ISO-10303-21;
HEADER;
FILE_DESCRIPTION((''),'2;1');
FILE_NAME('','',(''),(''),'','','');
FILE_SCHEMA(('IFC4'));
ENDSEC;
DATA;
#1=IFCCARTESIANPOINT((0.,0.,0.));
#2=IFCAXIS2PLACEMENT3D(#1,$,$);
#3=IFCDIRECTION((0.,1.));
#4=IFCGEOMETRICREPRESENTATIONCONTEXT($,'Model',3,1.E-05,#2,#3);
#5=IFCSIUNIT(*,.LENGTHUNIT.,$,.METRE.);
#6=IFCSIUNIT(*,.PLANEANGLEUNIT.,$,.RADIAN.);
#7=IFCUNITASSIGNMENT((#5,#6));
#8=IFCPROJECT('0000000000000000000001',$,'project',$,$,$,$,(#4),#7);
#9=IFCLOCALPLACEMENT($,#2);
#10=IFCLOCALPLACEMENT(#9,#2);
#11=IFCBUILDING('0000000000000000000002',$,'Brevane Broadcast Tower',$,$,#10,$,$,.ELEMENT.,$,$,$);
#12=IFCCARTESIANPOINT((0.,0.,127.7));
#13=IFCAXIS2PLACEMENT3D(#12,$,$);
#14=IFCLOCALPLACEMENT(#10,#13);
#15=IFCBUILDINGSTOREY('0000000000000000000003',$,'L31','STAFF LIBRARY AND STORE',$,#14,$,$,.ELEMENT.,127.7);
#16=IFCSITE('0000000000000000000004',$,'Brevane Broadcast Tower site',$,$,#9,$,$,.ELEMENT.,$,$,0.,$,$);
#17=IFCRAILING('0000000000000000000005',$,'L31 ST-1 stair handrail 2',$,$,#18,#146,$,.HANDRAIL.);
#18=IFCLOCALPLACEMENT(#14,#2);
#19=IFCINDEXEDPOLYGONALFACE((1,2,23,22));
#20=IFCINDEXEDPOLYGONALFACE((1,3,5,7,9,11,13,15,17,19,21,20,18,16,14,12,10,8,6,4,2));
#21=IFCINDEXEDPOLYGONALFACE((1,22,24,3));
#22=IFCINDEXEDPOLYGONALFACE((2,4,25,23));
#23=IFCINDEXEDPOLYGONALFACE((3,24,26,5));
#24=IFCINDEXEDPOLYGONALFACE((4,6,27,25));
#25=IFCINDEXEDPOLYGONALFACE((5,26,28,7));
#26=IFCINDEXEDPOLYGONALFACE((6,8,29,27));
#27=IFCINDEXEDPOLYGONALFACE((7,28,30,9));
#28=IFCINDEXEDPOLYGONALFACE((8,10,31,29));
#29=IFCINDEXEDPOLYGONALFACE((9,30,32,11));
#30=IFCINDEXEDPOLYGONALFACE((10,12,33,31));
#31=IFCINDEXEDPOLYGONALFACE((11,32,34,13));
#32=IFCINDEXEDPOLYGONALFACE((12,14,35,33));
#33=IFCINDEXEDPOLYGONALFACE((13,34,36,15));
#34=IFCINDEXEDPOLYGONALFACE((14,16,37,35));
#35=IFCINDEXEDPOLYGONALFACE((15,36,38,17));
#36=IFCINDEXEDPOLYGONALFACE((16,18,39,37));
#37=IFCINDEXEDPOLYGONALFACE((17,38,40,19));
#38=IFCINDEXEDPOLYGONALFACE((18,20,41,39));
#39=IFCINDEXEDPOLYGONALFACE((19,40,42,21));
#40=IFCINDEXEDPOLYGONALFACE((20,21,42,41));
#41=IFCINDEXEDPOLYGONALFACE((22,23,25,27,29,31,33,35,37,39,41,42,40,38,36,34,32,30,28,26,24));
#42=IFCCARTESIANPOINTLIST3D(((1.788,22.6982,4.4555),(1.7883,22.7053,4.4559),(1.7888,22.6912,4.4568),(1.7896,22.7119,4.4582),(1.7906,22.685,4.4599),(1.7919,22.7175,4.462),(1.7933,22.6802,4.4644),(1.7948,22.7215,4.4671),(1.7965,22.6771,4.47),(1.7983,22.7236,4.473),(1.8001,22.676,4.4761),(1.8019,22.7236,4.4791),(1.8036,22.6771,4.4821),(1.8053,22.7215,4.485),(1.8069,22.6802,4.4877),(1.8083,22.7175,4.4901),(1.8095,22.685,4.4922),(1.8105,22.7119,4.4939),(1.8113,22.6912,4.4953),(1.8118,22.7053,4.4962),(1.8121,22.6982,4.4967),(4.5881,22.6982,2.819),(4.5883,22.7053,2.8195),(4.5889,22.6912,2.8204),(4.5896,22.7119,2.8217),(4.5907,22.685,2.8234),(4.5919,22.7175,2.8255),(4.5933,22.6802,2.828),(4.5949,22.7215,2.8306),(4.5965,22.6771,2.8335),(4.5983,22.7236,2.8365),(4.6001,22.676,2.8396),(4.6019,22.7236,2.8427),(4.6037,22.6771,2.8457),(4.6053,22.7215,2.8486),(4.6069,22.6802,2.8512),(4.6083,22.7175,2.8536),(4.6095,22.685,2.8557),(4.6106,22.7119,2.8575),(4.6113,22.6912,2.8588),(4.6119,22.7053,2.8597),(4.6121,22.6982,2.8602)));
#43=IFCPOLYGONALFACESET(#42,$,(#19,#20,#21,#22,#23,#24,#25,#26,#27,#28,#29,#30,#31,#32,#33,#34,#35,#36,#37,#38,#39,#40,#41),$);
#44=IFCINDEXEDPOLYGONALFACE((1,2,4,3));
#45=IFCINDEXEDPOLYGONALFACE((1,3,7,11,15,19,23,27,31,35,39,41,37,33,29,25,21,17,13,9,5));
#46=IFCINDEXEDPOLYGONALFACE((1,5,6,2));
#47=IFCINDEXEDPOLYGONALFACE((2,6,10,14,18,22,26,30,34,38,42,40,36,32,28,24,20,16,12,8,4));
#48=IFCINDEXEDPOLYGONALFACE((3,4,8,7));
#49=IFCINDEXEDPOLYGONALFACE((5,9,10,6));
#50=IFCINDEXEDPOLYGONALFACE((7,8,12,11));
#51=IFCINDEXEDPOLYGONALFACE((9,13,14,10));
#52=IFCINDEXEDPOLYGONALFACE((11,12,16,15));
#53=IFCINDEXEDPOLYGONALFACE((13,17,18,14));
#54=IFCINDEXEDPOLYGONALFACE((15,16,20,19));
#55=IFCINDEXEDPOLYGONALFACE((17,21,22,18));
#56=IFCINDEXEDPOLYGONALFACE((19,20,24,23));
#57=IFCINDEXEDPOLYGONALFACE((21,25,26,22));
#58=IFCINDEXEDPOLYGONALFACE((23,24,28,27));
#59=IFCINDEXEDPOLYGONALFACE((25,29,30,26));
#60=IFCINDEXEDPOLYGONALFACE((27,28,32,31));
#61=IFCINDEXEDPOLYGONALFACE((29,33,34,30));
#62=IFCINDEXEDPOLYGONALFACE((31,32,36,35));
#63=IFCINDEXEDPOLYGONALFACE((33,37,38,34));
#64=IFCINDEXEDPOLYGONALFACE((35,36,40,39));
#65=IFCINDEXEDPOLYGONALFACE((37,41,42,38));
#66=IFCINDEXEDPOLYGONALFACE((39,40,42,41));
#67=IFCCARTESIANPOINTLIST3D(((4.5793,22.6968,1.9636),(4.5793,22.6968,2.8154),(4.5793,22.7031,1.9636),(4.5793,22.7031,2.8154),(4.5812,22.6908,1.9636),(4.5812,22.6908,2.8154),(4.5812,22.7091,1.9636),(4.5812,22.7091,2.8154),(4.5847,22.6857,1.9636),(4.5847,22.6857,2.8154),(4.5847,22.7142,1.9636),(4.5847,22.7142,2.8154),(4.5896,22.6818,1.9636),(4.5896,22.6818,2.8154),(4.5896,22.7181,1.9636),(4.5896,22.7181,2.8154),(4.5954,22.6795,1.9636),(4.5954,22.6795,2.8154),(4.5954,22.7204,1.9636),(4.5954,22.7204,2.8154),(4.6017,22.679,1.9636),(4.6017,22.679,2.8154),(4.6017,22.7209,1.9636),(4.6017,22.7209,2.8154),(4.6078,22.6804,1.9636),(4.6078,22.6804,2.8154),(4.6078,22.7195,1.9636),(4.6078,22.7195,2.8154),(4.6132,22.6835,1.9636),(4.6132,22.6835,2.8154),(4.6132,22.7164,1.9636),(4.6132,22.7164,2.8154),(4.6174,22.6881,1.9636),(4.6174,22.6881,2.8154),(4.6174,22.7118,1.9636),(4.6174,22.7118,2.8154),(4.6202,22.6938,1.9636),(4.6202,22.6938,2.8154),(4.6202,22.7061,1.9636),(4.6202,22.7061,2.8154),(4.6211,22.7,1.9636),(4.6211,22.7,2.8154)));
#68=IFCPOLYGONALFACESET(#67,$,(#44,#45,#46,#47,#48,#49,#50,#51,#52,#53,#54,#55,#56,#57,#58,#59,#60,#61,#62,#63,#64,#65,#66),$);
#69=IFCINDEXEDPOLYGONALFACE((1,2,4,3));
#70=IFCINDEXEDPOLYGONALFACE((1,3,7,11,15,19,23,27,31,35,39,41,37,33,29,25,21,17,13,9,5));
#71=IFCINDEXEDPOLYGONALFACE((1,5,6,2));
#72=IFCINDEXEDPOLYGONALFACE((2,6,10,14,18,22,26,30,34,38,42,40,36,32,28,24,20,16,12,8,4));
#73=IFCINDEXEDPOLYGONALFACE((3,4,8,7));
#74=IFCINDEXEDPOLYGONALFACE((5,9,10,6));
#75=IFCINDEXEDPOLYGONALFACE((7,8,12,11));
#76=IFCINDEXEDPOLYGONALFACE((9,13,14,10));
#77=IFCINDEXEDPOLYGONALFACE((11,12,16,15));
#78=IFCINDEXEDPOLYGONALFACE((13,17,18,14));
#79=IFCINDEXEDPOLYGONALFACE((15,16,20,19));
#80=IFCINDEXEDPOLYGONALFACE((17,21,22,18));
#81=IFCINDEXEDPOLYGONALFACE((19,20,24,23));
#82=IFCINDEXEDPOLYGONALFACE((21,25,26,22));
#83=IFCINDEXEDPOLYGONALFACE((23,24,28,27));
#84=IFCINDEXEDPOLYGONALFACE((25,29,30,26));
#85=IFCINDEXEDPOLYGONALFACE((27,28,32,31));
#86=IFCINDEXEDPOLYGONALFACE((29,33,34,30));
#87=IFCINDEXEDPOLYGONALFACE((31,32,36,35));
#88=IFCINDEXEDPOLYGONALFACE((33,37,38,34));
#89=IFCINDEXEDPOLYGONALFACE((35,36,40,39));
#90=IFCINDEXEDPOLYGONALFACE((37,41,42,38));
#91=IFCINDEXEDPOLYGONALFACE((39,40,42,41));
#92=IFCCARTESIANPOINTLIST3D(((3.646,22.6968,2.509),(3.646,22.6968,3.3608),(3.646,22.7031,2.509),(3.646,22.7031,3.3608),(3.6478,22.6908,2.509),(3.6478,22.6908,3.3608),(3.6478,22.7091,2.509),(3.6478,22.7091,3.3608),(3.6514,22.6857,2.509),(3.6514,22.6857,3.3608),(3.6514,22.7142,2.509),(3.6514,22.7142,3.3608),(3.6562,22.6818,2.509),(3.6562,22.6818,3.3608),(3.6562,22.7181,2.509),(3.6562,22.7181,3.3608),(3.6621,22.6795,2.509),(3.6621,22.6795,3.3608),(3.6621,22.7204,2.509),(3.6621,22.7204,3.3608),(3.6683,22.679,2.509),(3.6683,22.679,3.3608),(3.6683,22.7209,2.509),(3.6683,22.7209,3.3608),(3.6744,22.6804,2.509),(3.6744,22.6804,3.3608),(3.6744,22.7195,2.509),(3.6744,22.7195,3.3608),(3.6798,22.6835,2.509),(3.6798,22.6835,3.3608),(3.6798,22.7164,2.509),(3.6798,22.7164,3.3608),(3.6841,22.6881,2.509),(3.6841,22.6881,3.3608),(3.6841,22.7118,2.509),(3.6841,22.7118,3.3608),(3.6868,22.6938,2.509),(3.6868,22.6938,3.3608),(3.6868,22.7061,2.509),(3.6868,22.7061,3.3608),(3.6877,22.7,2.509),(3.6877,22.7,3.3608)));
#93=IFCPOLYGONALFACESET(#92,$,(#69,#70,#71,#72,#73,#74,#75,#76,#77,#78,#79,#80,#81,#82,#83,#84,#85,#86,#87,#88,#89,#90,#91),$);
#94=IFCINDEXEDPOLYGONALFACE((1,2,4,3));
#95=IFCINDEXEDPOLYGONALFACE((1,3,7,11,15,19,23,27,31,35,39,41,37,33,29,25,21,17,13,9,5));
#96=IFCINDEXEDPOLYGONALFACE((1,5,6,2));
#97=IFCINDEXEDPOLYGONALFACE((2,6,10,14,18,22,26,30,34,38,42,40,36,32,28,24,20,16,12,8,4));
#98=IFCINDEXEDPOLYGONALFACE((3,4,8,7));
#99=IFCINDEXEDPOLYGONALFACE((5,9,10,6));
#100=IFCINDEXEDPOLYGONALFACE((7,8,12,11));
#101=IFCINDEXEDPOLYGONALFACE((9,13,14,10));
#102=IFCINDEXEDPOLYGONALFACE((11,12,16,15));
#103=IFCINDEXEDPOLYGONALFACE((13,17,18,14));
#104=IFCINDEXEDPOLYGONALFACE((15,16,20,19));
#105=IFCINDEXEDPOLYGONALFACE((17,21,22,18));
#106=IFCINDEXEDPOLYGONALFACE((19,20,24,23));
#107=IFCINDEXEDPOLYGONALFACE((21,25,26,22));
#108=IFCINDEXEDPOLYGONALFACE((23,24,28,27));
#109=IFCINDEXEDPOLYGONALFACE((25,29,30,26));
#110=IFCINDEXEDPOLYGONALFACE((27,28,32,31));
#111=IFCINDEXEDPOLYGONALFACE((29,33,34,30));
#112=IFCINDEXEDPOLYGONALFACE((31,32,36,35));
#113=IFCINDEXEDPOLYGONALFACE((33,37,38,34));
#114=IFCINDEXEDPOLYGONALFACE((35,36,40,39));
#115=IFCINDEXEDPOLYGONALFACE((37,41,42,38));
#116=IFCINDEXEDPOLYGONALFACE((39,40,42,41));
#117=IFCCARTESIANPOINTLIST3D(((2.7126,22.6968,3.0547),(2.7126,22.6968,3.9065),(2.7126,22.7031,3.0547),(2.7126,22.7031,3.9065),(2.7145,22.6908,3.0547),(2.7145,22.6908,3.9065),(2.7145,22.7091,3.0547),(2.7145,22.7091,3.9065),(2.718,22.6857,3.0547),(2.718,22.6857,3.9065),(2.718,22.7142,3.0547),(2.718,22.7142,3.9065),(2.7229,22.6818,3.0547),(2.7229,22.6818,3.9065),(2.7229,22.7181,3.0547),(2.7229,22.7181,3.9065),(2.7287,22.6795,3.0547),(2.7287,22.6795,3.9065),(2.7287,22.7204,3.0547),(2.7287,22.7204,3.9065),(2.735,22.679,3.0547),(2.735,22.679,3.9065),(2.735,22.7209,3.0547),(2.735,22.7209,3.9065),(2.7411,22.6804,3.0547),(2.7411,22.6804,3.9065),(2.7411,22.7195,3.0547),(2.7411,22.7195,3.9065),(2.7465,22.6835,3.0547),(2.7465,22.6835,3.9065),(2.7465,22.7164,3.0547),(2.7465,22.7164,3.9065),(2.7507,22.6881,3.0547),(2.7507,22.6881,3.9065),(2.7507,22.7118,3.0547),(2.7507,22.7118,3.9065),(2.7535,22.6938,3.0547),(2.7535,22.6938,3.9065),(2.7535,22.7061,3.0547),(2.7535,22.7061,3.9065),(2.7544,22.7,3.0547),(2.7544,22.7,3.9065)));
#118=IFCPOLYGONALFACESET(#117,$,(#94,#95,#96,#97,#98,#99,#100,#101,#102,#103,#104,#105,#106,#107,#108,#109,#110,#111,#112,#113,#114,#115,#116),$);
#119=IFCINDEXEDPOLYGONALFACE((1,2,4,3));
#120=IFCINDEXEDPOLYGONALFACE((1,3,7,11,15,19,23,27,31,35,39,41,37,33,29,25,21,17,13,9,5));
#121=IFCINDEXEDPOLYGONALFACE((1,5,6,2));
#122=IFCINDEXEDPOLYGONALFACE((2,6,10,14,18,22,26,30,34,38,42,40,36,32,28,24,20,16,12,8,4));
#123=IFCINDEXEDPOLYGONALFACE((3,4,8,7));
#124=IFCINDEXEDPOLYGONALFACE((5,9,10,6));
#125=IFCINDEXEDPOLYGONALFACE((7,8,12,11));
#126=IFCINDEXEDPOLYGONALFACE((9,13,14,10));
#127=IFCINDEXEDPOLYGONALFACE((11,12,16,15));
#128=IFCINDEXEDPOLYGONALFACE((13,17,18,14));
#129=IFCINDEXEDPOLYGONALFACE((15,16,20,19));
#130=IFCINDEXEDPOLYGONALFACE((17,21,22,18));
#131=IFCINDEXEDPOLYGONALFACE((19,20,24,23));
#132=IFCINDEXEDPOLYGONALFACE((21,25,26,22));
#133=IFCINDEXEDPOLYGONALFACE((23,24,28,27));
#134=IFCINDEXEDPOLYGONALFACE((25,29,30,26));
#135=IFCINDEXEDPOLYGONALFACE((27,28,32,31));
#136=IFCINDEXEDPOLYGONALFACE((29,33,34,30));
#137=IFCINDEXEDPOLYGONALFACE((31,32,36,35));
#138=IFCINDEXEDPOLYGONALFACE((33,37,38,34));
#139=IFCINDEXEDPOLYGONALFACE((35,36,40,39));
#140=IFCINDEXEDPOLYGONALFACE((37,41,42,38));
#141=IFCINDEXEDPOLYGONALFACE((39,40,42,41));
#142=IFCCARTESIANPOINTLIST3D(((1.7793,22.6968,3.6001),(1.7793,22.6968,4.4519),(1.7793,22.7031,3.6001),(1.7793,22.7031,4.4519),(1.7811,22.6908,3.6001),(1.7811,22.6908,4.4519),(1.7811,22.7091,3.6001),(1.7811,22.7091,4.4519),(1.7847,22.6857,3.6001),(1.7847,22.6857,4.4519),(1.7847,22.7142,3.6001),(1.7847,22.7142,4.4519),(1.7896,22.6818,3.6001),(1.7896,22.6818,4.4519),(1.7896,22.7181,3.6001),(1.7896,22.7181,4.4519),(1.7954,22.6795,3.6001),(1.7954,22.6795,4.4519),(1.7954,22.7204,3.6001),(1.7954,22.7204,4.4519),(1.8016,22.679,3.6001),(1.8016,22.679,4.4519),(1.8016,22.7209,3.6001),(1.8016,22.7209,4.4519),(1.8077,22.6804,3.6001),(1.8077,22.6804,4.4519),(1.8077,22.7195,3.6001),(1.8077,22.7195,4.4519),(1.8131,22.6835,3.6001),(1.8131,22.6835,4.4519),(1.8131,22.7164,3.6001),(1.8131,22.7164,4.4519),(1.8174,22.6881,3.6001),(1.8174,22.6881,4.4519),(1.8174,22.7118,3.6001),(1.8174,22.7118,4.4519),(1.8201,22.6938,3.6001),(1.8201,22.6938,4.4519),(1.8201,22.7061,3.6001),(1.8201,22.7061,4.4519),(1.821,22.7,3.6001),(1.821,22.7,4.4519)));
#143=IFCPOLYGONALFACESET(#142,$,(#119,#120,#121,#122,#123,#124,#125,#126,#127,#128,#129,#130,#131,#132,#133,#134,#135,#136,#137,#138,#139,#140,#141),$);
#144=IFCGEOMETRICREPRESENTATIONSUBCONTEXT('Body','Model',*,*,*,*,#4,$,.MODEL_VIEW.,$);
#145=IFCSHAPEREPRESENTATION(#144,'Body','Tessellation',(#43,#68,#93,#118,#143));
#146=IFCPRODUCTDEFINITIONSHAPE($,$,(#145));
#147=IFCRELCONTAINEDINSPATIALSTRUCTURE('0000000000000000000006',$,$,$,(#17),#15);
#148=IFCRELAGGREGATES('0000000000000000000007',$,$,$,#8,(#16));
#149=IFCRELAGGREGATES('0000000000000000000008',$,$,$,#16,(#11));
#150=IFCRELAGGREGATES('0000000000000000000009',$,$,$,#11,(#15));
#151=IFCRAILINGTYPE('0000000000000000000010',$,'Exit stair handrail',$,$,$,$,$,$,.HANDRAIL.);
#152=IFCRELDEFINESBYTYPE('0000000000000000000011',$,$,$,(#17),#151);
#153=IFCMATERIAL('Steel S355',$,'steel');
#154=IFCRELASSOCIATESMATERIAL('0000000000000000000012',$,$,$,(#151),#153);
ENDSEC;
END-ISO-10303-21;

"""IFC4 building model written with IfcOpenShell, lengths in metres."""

from ifc_helpers import new_model, si_unit, direction, frame, origin, origin_2d, place, context, subcontext, project, spatial, circle, extrude, material, type_object, element, save


model = new_model("IFC4")

# Units and contexts
model_context = context("Model", 3, precision=1e-05, world=origin(), true_north=direction((0.0, 1.0)))
body_context = subcontext(model_context, "Body", "Model", "MODEL_VIEW")
ifc_project = project(units=[si_unit("LENGTHUNIT", "METRE"), si_unit("PLANEANGLEUNIT", "RADIAN")], contexts=[model_context])

# Site, building, storey
site_placement = place(None, origin())
site = spatial("IfcSite", under=ifc_project, at=site_placement, Name="Brevane Broadcast Tower site", CompositionType="ELEMENT", RefElevation=0.0)
building_placement = place(site_placement, origin())
building = spatial("IfcBuilding", under=site, at=building_placement, Name="Brevane Broadcast Tower", CompositionType="ELEMENT")
storey_placement = place(building_placement, frame((0.0, 0.0, 127.7)))
storey = spatial("IfcBuildingStorey", under=building, at=storey_placement, Name="L31", Description="STAFF LIBRARY AND STORE", CompositionType="ELEMENT", Elevation=127.7)

# Railing
ifc_material_1 = material(Name="Steel S355", Category="steel")
railing_type_1 = type_object("IfcRailingType", Name="Exit stair handrail", PredefinedType="HANDRAIL", material=ifc_material_1)
railing_1_placement = place(storey_placement, frame((4.6001, 22.7, 1.9636)))
element("IfcRailing", 1, at=railing_1_placement, inside=storey, type_object=railing_type_1, Name="L31 ST-1 stair handrail 2", PredefinedType="HANDRAIL", context=body_context, shape_type="SweptSolid", body=[
    extrude(circle(Radius=0.0239, at=origin_2d()), frame((0.0, 0.0, 0.876), z_axis=(-0.863361, 0.0, 0.504587), x_axis=(0.0, -1.0, 0.0)), (0.0, 0.0, 1.0), 3.2432),
    extrude(circle(Radius=0.021, at=origin_2d()), origin(), (0.0, 0.0, 1.0), 0.8518),
    extrude(circle(Radius=0.021, at=origin_2d()), frame((-0.9333, 0.0, 0.5454)), (0.0, 0.0, 1.0), 0.8518),
    extrude(circle(Radius=0.021, at=origin_2d()), frame((-1.8667, 0.0, 1.0911)), (0.0, 0.0, 1.0), 0.8518),
    extrude(circle(Radius=0.021, at=origin_2d()), frame((-2.8, 0.0, 1.6365)), (0.0, 0.0, 1.0), 0.8518),
])

save(model, "model.ifc")
